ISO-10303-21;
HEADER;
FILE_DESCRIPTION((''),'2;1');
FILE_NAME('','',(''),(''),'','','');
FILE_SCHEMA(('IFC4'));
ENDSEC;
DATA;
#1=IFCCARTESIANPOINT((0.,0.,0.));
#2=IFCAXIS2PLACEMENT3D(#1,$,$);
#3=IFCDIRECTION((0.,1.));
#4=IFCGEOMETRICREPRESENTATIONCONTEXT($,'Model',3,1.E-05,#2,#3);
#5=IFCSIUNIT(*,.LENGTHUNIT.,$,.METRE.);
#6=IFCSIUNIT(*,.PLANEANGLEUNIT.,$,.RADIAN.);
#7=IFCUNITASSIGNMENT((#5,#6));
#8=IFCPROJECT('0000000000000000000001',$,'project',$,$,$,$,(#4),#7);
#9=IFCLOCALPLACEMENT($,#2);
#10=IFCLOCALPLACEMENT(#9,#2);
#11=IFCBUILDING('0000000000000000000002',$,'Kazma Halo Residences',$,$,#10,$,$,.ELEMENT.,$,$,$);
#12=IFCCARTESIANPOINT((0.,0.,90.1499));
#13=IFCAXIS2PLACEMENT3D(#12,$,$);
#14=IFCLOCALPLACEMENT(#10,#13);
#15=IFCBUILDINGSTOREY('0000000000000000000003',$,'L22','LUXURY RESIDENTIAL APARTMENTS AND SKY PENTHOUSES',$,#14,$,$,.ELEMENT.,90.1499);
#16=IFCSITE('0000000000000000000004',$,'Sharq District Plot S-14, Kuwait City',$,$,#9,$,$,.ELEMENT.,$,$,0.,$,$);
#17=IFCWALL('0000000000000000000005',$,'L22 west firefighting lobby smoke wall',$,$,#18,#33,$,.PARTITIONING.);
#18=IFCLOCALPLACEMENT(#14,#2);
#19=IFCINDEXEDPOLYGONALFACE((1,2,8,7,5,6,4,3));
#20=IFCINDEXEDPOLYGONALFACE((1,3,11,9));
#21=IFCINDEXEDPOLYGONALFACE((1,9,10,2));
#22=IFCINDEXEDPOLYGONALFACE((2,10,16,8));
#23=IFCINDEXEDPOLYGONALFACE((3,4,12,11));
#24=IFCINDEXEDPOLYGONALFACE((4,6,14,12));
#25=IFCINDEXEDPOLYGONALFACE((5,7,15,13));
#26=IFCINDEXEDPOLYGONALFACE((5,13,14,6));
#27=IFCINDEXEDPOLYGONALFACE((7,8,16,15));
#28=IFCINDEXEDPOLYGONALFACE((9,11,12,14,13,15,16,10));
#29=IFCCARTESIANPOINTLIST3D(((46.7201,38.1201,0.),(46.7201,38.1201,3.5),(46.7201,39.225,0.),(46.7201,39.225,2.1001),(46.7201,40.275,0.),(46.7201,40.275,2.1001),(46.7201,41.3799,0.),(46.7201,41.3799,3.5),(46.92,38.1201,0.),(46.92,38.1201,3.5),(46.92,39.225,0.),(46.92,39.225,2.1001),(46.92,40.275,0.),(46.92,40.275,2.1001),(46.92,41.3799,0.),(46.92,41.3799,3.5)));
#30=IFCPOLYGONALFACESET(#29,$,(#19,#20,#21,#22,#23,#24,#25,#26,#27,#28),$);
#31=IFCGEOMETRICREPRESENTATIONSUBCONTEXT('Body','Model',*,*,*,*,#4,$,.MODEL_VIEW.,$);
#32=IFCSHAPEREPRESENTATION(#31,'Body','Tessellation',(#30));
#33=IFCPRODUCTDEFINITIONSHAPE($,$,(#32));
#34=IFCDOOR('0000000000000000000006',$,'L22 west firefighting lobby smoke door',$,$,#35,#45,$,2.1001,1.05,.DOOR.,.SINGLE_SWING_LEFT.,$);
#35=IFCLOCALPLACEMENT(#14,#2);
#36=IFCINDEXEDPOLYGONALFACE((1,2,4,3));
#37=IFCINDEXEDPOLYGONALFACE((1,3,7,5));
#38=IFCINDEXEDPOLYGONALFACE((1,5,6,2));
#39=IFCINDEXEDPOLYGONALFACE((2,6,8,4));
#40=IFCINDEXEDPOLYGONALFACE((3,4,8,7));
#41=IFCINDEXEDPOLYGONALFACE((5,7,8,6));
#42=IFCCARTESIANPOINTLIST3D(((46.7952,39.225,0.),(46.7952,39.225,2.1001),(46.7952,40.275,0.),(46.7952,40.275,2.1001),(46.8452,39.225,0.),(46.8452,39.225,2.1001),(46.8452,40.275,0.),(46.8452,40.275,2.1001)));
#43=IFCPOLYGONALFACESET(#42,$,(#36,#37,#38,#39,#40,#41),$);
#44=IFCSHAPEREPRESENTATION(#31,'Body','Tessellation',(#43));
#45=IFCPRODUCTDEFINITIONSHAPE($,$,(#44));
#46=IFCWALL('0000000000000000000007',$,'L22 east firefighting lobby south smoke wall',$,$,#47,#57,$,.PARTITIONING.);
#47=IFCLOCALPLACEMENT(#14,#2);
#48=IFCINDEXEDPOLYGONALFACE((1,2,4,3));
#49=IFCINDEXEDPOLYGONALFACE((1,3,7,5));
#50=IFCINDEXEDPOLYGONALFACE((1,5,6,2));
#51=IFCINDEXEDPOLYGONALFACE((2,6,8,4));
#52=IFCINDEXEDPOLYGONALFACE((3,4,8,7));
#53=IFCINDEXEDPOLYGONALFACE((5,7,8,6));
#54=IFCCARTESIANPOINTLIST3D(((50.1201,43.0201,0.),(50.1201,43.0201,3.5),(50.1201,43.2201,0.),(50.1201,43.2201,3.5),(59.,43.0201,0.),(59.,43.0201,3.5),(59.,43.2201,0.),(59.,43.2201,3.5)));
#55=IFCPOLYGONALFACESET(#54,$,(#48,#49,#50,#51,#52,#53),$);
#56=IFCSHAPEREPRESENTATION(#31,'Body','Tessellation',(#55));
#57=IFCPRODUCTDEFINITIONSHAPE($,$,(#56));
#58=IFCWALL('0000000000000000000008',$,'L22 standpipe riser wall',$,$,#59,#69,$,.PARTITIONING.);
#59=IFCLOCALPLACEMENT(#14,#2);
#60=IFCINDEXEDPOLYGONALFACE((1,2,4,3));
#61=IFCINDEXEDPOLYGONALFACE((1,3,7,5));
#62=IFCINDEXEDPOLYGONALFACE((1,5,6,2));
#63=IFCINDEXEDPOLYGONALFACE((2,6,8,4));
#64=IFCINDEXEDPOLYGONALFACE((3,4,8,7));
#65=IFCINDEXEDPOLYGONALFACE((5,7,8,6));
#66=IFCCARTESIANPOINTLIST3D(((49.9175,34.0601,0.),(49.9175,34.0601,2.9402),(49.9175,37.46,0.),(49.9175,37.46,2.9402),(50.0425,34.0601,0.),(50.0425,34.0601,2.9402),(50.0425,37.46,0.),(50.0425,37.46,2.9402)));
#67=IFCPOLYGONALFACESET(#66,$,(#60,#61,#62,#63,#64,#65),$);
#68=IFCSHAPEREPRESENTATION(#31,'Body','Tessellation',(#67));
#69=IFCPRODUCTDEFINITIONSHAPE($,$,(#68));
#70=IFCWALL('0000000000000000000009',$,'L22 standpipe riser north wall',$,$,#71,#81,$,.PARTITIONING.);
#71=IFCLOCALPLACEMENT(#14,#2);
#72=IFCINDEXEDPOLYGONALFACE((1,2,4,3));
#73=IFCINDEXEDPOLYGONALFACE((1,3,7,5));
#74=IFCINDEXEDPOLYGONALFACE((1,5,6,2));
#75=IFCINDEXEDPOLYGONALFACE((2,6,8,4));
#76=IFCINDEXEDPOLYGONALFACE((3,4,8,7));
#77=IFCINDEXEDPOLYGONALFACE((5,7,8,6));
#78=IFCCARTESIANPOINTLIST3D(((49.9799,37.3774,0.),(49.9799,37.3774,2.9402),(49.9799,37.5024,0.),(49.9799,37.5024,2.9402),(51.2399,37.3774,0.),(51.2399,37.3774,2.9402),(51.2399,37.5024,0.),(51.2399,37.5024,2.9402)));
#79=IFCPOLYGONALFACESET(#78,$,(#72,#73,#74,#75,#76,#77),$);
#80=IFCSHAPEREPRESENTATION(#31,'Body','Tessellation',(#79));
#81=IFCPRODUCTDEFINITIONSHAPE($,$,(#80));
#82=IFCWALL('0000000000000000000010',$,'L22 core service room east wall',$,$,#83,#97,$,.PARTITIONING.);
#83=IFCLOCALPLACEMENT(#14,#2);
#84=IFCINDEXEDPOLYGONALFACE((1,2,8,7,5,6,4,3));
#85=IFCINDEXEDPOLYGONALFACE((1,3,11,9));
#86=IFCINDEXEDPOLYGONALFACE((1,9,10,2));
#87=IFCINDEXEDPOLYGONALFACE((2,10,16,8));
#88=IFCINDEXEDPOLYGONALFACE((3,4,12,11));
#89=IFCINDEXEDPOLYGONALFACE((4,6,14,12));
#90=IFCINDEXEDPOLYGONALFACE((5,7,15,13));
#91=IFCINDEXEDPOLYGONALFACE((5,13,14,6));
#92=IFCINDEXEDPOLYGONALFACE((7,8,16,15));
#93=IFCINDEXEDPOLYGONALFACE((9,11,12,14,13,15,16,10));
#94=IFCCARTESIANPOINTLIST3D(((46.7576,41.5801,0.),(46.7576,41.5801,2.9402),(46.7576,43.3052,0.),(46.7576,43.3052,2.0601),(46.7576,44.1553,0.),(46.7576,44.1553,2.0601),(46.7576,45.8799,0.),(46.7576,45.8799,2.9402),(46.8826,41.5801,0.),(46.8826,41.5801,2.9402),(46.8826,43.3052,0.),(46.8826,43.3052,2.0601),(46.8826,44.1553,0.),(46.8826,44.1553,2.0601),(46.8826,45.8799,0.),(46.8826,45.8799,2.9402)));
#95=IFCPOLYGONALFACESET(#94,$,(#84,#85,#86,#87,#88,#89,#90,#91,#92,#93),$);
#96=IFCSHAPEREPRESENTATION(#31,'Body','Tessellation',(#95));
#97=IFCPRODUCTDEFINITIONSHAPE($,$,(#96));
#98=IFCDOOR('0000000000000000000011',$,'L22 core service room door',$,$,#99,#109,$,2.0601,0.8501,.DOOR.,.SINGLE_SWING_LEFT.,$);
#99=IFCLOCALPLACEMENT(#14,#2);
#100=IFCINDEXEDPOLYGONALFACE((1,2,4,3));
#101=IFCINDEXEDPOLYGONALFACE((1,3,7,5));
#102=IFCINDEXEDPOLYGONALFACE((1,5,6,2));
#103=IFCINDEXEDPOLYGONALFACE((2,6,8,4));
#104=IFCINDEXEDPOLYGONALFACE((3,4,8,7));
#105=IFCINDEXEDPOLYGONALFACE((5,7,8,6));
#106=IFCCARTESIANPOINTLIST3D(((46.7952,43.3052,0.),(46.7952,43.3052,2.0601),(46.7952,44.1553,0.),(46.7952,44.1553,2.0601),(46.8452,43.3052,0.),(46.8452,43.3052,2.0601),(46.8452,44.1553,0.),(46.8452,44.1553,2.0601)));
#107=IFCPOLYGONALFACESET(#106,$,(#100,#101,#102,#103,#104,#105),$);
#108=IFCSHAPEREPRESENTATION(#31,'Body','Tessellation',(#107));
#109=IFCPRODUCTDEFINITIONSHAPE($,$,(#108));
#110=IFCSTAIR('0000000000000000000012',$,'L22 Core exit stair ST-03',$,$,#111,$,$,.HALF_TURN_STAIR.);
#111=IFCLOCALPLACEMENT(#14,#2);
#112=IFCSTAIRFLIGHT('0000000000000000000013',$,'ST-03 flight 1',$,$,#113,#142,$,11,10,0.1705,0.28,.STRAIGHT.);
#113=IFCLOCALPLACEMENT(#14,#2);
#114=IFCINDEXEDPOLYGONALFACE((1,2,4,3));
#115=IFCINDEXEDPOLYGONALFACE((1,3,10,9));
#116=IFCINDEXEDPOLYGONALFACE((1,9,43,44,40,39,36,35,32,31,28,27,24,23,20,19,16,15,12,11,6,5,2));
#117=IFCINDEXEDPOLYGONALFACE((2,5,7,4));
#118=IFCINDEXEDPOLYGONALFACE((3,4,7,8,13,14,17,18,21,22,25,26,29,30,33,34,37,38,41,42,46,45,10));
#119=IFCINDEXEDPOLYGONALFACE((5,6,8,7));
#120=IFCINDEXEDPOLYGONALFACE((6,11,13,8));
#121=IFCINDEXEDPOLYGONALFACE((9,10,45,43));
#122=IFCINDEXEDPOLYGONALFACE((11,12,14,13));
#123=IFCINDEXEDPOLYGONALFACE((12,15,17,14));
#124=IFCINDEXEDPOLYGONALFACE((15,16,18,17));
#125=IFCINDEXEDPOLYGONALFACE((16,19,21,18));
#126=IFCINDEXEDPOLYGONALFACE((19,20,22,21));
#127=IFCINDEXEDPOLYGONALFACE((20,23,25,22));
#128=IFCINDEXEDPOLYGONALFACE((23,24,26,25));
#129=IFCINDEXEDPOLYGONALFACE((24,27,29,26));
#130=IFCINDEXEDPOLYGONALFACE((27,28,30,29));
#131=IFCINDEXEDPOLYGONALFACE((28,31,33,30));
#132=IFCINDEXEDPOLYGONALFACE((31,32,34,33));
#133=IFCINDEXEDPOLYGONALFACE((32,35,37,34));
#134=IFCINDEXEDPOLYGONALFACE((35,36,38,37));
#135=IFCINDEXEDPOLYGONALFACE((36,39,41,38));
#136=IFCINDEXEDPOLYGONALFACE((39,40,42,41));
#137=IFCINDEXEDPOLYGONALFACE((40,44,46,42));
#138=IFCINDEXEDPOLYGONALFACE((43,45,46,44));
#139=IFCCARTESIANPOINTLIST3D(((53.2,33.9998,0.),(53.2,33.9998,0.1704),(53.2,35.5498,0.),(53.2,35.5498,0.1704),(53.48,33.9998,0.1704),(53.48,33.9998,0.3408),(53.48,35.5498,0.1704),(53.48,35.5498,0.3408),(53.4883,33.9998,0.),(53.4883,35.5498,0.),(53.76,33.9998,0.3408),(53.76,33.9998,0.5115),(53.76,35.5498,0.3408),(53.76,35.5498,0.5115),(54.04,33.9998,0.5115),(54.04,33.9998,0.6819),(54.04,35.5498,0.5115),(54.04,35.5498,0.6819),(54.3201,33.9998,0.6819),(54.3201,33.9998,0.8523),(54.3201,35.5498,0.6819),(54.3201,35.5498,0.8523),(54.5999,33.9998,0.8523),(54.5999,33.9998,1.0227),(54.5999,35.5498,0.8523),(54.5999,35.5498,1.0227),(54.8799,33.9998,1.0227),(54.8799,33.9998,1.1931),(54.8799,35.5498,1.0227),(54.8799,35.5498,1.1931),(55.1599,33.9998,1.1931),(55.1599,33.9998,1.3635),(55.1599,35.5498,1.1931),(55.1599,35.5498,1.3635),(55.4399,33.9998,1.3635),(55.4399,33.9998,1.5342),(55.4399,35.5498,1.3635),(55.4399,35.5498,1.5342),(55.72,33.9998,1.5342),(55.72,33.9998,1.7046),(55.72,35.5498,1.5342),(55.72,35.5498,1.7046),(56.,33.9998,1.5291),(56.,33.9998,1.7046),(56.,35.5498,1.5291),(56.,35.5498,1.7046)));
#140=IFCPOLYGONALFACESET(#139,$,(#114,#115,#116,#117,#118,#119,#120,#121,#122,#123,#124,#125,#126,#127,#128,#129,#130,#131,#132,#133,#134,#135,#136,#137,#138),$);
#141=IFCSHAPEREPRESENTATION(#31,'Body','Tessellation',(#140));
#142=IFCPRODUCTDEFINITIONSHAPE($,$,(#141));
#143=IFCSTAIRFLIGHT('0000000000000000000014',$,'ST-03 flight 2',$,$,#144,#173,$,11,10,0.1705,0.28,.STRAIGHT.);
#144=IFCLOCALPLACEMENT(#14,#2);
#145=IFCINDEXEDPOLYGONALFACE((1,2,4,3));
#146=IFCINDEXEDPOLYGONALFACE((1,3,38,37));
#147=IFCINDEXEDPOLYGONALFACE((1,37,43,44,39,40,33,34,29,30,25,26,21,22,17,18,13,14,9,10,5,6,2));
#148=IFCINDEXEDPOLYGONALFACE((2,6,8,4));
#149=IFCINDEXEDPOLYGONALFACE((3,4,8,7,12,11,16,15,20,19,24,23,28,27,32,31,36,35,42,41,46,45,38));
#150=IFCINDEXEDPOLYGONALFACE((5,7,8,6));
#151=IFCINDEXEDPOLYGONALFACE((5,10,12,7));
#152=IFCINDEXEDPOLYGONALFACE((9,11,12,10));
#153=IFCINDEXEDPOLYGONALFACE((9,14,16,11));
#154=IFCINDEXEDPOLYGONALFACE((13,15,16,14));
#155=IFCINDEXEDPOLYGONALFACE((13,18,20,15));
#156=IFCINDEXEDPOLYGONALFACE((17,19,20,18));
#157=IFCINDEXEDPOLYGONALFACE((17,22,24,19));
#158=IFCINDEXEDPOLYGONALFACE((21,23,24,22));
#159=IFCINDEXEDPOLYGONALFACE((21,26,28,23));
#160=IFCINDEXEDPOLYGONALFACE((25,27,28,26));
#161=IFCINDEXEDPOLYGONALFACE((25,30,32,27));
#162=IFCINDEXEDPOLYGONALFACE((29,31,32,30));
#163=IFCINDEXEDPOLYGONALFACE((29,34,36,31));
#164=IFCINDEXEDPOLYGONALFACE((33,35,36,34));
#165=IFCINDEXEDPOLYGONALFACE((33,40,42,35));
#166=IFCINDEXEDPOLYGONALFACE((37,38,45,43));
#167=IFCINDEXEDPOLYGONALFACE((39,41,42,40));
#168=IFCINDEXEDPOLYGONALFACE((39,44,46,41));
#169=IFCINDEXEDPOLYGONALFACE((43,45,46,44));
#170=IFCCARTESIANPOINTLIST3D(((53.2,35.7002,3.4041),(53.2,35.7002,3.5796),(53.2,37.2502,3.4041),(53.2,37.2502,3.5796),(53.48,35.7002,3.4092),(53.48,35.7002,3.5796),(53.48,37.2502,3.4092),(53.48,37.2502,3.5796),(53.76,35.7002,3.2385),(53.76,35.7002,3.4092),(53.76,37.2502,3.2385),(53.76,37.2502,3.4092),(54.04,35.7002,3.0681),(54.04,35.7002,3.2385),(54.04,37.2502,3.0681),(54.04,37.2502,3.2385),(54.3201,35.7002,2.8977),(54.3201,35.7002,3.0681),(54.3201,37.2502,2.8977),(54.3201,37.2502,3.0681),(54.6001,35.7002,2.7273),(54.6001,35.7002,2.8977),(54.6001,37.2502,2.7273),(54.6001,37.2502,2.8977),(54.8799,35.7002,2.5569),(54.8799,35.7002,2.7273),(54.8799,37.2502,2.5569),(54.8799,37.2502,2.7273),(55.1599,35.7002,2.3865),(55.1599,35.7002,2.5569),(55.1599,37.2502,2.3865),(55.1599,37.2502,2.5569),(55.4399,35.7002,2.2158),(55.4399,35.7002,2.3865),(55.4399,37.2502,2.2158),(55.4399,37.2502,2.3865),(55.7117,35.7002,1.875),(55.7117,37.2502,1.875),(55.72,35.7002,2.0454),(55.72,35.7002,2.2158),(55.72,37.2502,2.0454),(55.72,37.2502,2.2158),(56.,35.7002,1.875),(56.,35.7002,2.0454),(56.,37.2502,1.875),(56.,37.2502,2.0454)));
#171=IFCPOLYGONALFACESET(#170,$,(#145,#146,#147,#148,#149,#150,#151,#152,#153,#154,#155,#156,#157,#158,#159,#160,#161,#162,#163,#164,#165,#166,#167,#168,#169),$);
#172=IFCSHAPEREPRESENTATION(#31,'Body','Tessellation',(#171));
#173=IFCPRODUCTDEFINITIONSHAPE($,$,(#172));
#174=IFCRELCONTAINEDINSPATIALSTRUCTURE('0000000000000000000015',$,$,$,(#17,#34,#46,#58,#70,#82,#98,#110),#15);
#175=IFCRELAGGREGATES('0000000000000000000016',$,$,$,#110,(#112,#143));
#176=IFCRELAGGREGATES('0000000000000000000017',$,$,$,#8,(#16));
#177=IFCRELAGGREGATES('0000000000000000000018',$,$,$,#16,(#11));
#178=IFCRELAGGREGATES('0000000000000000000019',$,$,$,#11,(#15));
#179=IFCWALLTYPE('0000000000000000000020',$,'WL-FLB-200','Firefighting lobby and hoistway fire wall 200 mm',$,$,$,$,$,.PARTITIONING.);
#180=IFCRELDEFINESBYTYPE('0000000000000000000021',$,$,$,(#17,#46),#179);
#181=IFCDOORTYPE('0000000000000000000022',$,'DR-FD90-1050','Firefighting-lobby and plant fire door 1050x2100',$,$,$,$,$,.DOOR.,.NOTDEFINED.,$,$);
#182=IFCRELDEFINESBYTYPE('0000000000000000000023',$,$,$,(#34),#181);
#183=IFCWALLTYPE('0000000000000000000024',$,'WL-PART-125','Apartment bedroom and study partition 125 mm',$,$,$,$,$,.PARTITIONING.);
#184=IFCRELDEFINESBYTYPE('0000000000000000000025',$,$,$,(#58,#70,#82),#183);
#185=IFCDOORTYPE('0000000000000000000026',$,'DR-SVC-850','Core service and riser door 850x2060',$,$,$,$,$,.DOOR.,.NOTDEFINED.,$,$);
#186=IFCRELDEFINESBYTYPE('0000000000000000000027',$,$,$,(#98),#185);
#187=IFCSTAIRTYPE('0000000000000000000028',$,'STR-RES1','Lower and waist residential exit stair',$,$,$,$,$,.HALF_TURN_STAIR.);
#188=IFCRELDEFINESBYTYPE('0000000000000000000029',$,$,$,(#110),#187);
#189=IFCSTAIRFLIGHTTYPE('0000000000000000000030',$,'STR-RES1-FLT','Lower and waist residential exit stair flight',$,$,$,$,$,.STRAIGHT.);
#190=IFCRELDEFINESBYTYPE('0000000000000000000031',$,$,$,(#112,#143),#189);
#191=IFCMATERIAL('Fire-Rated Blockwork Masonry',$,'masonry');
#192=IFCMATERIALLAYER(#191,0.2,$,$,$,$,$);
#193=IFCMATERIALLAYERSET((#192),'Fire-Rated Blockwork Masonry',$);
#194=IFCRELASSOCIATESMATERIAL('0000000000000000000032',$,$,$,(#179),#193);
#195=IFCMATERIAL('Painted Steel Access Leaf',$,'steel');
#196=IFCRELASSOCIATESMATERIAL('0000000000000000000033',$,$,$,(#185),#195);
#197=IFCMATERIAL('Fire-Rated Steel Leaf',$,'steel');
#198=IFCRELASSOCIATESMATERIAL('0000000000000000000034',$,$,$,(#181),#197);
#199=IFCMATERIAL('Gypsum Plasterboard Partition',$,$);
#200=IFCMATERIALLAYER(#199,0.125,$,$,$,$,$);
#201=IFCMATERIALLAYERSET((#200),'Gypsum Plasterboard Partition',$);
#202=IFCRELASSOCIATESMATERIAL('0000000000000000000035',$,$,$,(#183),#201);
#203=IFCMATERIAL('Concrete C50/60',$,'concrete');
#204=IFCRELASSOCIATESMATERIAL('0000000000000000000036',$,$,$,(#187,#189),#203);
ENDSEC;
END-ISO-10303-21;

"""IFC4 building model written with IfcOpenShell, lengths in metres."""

from ifc_helpers import new_model, si_unit, direction, frame, frame_2d, origin, place, context, subcontext, project, spatial, polyline, rectangle, outline, extrude, material, layer, layer_set, type_object, element, fill, aggregate, save


model = new_model("IFC4")

# Units and contexts
model_context = context("Model", 3, precision=1e-05, world=origin(), true_north=direction((0.0, 1.0)))
body_context = subcontext(model_context, "Body", "Model", "MODEL_VIEW")
ifc_project = project(units=[si_unit("LENGTHUNIT", "METRE"), si_unit("PLANEANGLEUNIT", "RADIAN")], contexts=[model_context])

# Site, building, storey
site_placement = place(None, origin())
site = spatial("IfcSite", under=ifc_project, at=site_placement, Name="Sharq District Plot S-14, Kuwait City", CompositionType="ELEMENT", RefElevation=0.0)
building_placement = place(site_placement, origin())
building = spatial("IfcBuilding", under=site, at=building_placement, Name="Kazma Halo Residences", CompositionType="ELEMENT")
storey_placement = place(building_placement, frame((0.0, 0.0, 90.1499)))
storey = spatial("IfcBuildingStorey", under=building, at=storey_placement, Name="L22", Description="LUXURY RESIDENTIAL APARTMENTS AND SKY PENTHOUSES", CompositionType="ELEMENT", Elevation=90.1499)

# Shared definitions
ifc_material_1 = material(Name="Fire-Rated Blockwork Masonry", Category="masonry")
ifc_layer_1 = layer(ifc_material_1, 0.2)
ifc_layer_set_1 = layer_set([ifc_layer_1], Name="Fire-Rated Blockwork Masonry")
wall_type_1 = type_object("IfcWallType", Name="WL-FLB-200", Description="Firefighting lobby and hoistway fire wall 200 mm", PredefinedType="PARTITIONING", material=ifc_layer_set_1)

# Wall, opening, door
ifc_material_2 = material(Name="Painted Steel Access Leaf", Category="steel")
door_type_1 = type_object("IfcDoorType", Name="DR-SVC-850", Description="Core service and riser door 850x2060", OperationType="NOTDEFINED", PredefinedType="DOOR", material=ifc_material_2)
wall_1_placement = place(storey_placement, frame((46.8201, 38.1201, 0.0), z_axis=(0.0, 0.0, 1.0), x_axis=(0.0, 1.0, 0.0)))
wall_1 = element("IfcWall", 1, at=wall_1_placement, inside=storey, type_object=wall_type_1, Name="L22 west firefighting lobby smoke wall", PredefinedType="PARTITIONING", context=body_context, shape_type="SweptSolid", body=[
    extrude(rectangle(XDim=3.2598, YDim=0.2, at=frame_2d((1.6299, 0.0))), origin(), (0.0, 0.0, 1.0), 3.5),
])
opening_1_placement = place(wall_1_placement, frame((1.105, 0.0, 0.0)))
opening_1 = element("IfcOpeningElement", 2, at=opening_1_placement, cuts=wall_1, PredefinedType="OPENING", context=body_context, shape_type="SweptSolid", body=[
    extrude(rectangle(XDim=1.05, YDim=2.1001, at=frame_2d((0.5249, 1.05))), frame((0.0, 0.1099, 0.0), z_axis=(0.0, -1.0, 0.0), x_axis=(1.0, 0.0, 0.0)), (0.0, 0.0, 1.0), 0.22),
])
ifc_material_3 = material(Name="Fire-Rated Steel Leaf", Category="steel")
door_type_2 = type_object("IfcDoorType", Name="DR-FD90-1050", Description="Firefighting-lobby and plant fire door 1050x2100", OperationType="NOTDEFINED", PredefinedType="DOOR", material=ifc_material_3)
door_1_placement = place(opening_1_placement, origin())
door_1 = element("IfcDoor", 3, at=door_1_placement, inside=storey, type_object=door_type_2, Name="L22 west firefighting lobby smoke door", OperationType="SINGLE_SWING_LEFT", OverallHeight=2.1001, OverallWidth=1.05, PredefinedType="DOOR", context=body_context, shape_type="SweptSolid", body=[
    extrude(rectangle(XDim=1.05, YDim=2.1001, at=frame_2d((0.5249, 1.05))), frame((0.0, 0.0249, 0.0), z_axis=(0.0, -1.0, 0.0), x_axis=(1.0, 0.0, 0.0)), (0.0, 0.0, 1.0), 0.05),
])
fill(opening_1, door_1)

# Walls
wall_2_placement = place(storey_placement, frame((50.1201, 43.1201, 0.0), z_axis=(0.0, 0.0, 1.0), x_axis=(1.0, 0.0, 0.0)))
element("IfcWall", 4, at=wall_2_placement, inside=storey, type_object=wall_type_1, Name="L22 east firefighting lobby south smoke wall", PredefinedType="PARTITIONING", context=body_context, shape_type="SweptSolid", body=[
    extrude(rectangle(XDim=8.8799, YDim=0.2, at=frame_2d((4.4399, 0.0))), origin(), (0.0, 0.0, 1.0), 3.5),
])
ifc_material_4 = material(Name="Gypsum Plasterboard Partition")
ifc_layer_2 = layer(ifc_material_4, 0.125)
ifc_layer_set_2 = layer_set([ifc_layer_2], Name="Gypsum Plasterboard Partition")
wall_type_2 = type_object("IfcWallType", Name="WL-PART-125", Description="Apartment bedroom and study partition 125 mm", PredefinedType="PARTITIONING", material=ifc_layer_set_2)
wall_3_placement = place(storey_placement, frame((49.98, 34.0601, 0.0), z_axis=(0.0, 0.0, 1.0), x_axis=(0.0, 1.0, 0.0)))
element("IfcWall", 5, at=wall_3_placement, inside=storey, type_object=wall_type_2, Name="L22 standpipe riser wall", PredefinedType="PARTITIONING", context=body_context, shape_type="SweptSolid", body=[
    extrude(rectangle(XDim=3.3999, YDim=0.125, at=frame_2d((1.7, 0.0))), origin(), (0.0, 0.0, 1.0), 2.9402),
])
wall_4_placement = place(storey_placement, frame((49.98, 37.4399, 0.0), z_axis=(0.0, 0.0, 1.0), x_axis=(1.0, 0.0, 0.0)))
element("IfcWall", 6, at=wall_4_placement, inside=storey, type_object=wall_type_2, Name="L22 standpipe riser north wall", PredefinedType="PARTITIONING", context=body_context, shape_type="SweptSolid", body=[
    extrude(rectangle(XDim=1.26, YDim=0.125, at=frame_2d((0.6299, 0.0))), origin(), (0.0, 0.0, 1.0), 2.9402),
])

# Wall, opening, door
wall_5_placement = place(storey_placement, frame((46.8201, 41.5801, 0.0), z_axis=(0.0, 0.0, 1.0), x_axis=(0.0, 1.0, 0.0)))
wall_5 = element("IfcWall", 7, at=wall_5_placement, inside=storey, type_object=wall_type_2, Name="L22 core service room east wall", PredefinedType="PARTITIONING", context=body_context, shape_type="SweptSolid", body=[
    extrude(rectangle(XDim=4.2998, YDim=0.125, at=frame_2d((2.1499, 0.0))), origin(), (0.0, 0.0, 1.0), 2.9402),
])
opening_2_placement = place(wall_5_placement, frame((1.7251, 0.0, 0.0)))
opening_2 = element("IfcOpeningElement", 8, at=opening_2_placement, cuts=wall_5, PredefinedType="OPENING", context=body_context, shape_type="SweptSolid", body=[
    extrude(rectangle(XDim=0.8501, YDim=2.0601, at=frame_2d((0.425, 1.03))), frame((0.0, 0.0725, 0.0), z_axis=(0.0, -1.0, 0.0), x_axis=(1.0, 0.0, 0.0)), (0.0, 0.0, 1.0), 0.145),
])
door_2_placement = place(opening_2_placement, origin())
door_2 = element("IfcDoor", 9, at=door_2_placement, inside=storey, type_object=door_type_1, Name="L22 core service room door", OperationType="SINGLE_SWING_LEFT", OverallHeight=2.0601, OverallWidth=0.8501, PredefinedType="DOOR", context=body_context, shape_type="SweptSolid", body=[
    extrude(rectangle(XDim=0.8501, YDim=2.0601, at=frame_2d((0.425, 1.03))), frame((0.0, 0.0249, 0.0), z_axis=(0.0, -1.0, 0.0), x_axis=(1.0, 0.0, 0.0)), (0.0, 0.0, 1.0), 0.05),
])
fill(opening_2, door_2)
ifc_material_5 = material(Name="Concrete C50/60", Category="concrete")

# Stair, stair flights
stair_type = type_object("IfcStairType", Name="STR-RES1", Description="Lower and waist residential exit stair", PredefinedType="HALF_TURN_STAIR", material=ifc_material_5)
stair_placement = place(storey_placement, origin())
stair = element("IfcStair", 10, at=stair_placement, inside=storey, type_object=stair_type, Name="L22 Core exit stair ST-03", PredefinedType="HALF_TURN_STAIR")
stair_flight_type = type_object("IfcStairFlightType", Name="STR-RES1-FLT", Description="Lower and waist residential exit stair flight", PredefinedType="STRAIGHT", material=ifc_material_5)
stair_flight_1_placement = place(storey_placement, frame((53.2, 34.7749, 0.0), z_axis=(0.0, 0.0, 1.0), x_axis=(1.0, 0.0, 0.0)))
stair_flight_1 = element("IfcStairFlight", 11, at=stair_flight_1_placement, type_object=stair_flight_type, Name="ST-03 flight 1", NumberOfRisers=11, NumberOfTreads=10, PredefinedType="STRAIGHT", RiserHeight=0.1705, TreadLength=0.28, context=body_context, shape_type="SweptSolid", body=[
    extrude(outline(polyline([(0.0, 0.0), (0.0, 0.1704), (0.28, 0.1704), (0.28, 0.3408), (0.5601, 0.3408), (0.5601, 0.5115), (0.8401, 0.5115), (0.8401, 0.6819), (1.1201, 0.6819), (1.1201, 0.8523), (1.3999, 0.8523), (1.3999, 1.0227), (1.6799, 1.0227), (1.6799, 1.1931), (1.96, 1.1931), (1.96, 1.3635), (2.24, 1.3635), (2.24, 1.5342), (2.52, 1.5342), (2.52, 1.7046), (2.8, 1.7046), (2.8, 1.875), (2.8, 1.5291), (0.2883, 0.0), (0.0, 0.0)])), frame((0.0, 0.7749, 0.0), z_axis=(0.0, -1.0, 0.0), x_axis=(1.0, 0.0, 0.0)), (0.0, 0.0, 1.0), 1.55),
])
stair_flight_2_placement = place(storey_placement, frame((56.0, 36.4751, 1.875), z_axis=(0.0, 0.0, 1.0), x_axis=(-1.0, 0.0, 0.0)))
stair_flight_2 = element("IfcStairFlight", 12, at=stair_flight_2_placement, type_object=stair_flight_type, Name="ST-03 flight 2", NumberOfRisers=11, NumberOfTreads=10, PredefinedType="STRAIGHT", RiserHeight=0.1705, TreadLength=0.28, context=body_context, shape_type="SweptSolid", body=[
    extrude(outline(polyline([(0.0, 0.0), (0.0, 0.1704), (0.28, 0.1704), (0.28, 0.3408), (0.5601, 0.3408), (0.5601, 0.5115), (0.8401, 0.5115), (0.8401, 0.6819), (1.1201, 0.6819), (1.1201, 0.8523), (1.3999, 0.8523), (1.3999, 1.0227), (1.6799, 1.0227), (1.6799, 1.1931), (1.96, 1.1931), (1.96, 1.3635), (2.24, 1.3635), (2.24, 1.5342), (2.52, 1.5342), (2.52, 1.7046), (2.8, 1.7046), (2.8, 1.875), (2.8, 1.5291), (0.2883, 0.0), (0.0, 0.0)])), frame((0.0, 0.7749, 0.0), z_axis=(0.0, -1.0, 0.0), x_axis=(1.0, 0.0, 0.0)), (0.0, 0.0, 1.0), 1.55),
])
aggregate(stair, [stair_flight_1, stair_flight_2])

save(model, "model.ifc")
